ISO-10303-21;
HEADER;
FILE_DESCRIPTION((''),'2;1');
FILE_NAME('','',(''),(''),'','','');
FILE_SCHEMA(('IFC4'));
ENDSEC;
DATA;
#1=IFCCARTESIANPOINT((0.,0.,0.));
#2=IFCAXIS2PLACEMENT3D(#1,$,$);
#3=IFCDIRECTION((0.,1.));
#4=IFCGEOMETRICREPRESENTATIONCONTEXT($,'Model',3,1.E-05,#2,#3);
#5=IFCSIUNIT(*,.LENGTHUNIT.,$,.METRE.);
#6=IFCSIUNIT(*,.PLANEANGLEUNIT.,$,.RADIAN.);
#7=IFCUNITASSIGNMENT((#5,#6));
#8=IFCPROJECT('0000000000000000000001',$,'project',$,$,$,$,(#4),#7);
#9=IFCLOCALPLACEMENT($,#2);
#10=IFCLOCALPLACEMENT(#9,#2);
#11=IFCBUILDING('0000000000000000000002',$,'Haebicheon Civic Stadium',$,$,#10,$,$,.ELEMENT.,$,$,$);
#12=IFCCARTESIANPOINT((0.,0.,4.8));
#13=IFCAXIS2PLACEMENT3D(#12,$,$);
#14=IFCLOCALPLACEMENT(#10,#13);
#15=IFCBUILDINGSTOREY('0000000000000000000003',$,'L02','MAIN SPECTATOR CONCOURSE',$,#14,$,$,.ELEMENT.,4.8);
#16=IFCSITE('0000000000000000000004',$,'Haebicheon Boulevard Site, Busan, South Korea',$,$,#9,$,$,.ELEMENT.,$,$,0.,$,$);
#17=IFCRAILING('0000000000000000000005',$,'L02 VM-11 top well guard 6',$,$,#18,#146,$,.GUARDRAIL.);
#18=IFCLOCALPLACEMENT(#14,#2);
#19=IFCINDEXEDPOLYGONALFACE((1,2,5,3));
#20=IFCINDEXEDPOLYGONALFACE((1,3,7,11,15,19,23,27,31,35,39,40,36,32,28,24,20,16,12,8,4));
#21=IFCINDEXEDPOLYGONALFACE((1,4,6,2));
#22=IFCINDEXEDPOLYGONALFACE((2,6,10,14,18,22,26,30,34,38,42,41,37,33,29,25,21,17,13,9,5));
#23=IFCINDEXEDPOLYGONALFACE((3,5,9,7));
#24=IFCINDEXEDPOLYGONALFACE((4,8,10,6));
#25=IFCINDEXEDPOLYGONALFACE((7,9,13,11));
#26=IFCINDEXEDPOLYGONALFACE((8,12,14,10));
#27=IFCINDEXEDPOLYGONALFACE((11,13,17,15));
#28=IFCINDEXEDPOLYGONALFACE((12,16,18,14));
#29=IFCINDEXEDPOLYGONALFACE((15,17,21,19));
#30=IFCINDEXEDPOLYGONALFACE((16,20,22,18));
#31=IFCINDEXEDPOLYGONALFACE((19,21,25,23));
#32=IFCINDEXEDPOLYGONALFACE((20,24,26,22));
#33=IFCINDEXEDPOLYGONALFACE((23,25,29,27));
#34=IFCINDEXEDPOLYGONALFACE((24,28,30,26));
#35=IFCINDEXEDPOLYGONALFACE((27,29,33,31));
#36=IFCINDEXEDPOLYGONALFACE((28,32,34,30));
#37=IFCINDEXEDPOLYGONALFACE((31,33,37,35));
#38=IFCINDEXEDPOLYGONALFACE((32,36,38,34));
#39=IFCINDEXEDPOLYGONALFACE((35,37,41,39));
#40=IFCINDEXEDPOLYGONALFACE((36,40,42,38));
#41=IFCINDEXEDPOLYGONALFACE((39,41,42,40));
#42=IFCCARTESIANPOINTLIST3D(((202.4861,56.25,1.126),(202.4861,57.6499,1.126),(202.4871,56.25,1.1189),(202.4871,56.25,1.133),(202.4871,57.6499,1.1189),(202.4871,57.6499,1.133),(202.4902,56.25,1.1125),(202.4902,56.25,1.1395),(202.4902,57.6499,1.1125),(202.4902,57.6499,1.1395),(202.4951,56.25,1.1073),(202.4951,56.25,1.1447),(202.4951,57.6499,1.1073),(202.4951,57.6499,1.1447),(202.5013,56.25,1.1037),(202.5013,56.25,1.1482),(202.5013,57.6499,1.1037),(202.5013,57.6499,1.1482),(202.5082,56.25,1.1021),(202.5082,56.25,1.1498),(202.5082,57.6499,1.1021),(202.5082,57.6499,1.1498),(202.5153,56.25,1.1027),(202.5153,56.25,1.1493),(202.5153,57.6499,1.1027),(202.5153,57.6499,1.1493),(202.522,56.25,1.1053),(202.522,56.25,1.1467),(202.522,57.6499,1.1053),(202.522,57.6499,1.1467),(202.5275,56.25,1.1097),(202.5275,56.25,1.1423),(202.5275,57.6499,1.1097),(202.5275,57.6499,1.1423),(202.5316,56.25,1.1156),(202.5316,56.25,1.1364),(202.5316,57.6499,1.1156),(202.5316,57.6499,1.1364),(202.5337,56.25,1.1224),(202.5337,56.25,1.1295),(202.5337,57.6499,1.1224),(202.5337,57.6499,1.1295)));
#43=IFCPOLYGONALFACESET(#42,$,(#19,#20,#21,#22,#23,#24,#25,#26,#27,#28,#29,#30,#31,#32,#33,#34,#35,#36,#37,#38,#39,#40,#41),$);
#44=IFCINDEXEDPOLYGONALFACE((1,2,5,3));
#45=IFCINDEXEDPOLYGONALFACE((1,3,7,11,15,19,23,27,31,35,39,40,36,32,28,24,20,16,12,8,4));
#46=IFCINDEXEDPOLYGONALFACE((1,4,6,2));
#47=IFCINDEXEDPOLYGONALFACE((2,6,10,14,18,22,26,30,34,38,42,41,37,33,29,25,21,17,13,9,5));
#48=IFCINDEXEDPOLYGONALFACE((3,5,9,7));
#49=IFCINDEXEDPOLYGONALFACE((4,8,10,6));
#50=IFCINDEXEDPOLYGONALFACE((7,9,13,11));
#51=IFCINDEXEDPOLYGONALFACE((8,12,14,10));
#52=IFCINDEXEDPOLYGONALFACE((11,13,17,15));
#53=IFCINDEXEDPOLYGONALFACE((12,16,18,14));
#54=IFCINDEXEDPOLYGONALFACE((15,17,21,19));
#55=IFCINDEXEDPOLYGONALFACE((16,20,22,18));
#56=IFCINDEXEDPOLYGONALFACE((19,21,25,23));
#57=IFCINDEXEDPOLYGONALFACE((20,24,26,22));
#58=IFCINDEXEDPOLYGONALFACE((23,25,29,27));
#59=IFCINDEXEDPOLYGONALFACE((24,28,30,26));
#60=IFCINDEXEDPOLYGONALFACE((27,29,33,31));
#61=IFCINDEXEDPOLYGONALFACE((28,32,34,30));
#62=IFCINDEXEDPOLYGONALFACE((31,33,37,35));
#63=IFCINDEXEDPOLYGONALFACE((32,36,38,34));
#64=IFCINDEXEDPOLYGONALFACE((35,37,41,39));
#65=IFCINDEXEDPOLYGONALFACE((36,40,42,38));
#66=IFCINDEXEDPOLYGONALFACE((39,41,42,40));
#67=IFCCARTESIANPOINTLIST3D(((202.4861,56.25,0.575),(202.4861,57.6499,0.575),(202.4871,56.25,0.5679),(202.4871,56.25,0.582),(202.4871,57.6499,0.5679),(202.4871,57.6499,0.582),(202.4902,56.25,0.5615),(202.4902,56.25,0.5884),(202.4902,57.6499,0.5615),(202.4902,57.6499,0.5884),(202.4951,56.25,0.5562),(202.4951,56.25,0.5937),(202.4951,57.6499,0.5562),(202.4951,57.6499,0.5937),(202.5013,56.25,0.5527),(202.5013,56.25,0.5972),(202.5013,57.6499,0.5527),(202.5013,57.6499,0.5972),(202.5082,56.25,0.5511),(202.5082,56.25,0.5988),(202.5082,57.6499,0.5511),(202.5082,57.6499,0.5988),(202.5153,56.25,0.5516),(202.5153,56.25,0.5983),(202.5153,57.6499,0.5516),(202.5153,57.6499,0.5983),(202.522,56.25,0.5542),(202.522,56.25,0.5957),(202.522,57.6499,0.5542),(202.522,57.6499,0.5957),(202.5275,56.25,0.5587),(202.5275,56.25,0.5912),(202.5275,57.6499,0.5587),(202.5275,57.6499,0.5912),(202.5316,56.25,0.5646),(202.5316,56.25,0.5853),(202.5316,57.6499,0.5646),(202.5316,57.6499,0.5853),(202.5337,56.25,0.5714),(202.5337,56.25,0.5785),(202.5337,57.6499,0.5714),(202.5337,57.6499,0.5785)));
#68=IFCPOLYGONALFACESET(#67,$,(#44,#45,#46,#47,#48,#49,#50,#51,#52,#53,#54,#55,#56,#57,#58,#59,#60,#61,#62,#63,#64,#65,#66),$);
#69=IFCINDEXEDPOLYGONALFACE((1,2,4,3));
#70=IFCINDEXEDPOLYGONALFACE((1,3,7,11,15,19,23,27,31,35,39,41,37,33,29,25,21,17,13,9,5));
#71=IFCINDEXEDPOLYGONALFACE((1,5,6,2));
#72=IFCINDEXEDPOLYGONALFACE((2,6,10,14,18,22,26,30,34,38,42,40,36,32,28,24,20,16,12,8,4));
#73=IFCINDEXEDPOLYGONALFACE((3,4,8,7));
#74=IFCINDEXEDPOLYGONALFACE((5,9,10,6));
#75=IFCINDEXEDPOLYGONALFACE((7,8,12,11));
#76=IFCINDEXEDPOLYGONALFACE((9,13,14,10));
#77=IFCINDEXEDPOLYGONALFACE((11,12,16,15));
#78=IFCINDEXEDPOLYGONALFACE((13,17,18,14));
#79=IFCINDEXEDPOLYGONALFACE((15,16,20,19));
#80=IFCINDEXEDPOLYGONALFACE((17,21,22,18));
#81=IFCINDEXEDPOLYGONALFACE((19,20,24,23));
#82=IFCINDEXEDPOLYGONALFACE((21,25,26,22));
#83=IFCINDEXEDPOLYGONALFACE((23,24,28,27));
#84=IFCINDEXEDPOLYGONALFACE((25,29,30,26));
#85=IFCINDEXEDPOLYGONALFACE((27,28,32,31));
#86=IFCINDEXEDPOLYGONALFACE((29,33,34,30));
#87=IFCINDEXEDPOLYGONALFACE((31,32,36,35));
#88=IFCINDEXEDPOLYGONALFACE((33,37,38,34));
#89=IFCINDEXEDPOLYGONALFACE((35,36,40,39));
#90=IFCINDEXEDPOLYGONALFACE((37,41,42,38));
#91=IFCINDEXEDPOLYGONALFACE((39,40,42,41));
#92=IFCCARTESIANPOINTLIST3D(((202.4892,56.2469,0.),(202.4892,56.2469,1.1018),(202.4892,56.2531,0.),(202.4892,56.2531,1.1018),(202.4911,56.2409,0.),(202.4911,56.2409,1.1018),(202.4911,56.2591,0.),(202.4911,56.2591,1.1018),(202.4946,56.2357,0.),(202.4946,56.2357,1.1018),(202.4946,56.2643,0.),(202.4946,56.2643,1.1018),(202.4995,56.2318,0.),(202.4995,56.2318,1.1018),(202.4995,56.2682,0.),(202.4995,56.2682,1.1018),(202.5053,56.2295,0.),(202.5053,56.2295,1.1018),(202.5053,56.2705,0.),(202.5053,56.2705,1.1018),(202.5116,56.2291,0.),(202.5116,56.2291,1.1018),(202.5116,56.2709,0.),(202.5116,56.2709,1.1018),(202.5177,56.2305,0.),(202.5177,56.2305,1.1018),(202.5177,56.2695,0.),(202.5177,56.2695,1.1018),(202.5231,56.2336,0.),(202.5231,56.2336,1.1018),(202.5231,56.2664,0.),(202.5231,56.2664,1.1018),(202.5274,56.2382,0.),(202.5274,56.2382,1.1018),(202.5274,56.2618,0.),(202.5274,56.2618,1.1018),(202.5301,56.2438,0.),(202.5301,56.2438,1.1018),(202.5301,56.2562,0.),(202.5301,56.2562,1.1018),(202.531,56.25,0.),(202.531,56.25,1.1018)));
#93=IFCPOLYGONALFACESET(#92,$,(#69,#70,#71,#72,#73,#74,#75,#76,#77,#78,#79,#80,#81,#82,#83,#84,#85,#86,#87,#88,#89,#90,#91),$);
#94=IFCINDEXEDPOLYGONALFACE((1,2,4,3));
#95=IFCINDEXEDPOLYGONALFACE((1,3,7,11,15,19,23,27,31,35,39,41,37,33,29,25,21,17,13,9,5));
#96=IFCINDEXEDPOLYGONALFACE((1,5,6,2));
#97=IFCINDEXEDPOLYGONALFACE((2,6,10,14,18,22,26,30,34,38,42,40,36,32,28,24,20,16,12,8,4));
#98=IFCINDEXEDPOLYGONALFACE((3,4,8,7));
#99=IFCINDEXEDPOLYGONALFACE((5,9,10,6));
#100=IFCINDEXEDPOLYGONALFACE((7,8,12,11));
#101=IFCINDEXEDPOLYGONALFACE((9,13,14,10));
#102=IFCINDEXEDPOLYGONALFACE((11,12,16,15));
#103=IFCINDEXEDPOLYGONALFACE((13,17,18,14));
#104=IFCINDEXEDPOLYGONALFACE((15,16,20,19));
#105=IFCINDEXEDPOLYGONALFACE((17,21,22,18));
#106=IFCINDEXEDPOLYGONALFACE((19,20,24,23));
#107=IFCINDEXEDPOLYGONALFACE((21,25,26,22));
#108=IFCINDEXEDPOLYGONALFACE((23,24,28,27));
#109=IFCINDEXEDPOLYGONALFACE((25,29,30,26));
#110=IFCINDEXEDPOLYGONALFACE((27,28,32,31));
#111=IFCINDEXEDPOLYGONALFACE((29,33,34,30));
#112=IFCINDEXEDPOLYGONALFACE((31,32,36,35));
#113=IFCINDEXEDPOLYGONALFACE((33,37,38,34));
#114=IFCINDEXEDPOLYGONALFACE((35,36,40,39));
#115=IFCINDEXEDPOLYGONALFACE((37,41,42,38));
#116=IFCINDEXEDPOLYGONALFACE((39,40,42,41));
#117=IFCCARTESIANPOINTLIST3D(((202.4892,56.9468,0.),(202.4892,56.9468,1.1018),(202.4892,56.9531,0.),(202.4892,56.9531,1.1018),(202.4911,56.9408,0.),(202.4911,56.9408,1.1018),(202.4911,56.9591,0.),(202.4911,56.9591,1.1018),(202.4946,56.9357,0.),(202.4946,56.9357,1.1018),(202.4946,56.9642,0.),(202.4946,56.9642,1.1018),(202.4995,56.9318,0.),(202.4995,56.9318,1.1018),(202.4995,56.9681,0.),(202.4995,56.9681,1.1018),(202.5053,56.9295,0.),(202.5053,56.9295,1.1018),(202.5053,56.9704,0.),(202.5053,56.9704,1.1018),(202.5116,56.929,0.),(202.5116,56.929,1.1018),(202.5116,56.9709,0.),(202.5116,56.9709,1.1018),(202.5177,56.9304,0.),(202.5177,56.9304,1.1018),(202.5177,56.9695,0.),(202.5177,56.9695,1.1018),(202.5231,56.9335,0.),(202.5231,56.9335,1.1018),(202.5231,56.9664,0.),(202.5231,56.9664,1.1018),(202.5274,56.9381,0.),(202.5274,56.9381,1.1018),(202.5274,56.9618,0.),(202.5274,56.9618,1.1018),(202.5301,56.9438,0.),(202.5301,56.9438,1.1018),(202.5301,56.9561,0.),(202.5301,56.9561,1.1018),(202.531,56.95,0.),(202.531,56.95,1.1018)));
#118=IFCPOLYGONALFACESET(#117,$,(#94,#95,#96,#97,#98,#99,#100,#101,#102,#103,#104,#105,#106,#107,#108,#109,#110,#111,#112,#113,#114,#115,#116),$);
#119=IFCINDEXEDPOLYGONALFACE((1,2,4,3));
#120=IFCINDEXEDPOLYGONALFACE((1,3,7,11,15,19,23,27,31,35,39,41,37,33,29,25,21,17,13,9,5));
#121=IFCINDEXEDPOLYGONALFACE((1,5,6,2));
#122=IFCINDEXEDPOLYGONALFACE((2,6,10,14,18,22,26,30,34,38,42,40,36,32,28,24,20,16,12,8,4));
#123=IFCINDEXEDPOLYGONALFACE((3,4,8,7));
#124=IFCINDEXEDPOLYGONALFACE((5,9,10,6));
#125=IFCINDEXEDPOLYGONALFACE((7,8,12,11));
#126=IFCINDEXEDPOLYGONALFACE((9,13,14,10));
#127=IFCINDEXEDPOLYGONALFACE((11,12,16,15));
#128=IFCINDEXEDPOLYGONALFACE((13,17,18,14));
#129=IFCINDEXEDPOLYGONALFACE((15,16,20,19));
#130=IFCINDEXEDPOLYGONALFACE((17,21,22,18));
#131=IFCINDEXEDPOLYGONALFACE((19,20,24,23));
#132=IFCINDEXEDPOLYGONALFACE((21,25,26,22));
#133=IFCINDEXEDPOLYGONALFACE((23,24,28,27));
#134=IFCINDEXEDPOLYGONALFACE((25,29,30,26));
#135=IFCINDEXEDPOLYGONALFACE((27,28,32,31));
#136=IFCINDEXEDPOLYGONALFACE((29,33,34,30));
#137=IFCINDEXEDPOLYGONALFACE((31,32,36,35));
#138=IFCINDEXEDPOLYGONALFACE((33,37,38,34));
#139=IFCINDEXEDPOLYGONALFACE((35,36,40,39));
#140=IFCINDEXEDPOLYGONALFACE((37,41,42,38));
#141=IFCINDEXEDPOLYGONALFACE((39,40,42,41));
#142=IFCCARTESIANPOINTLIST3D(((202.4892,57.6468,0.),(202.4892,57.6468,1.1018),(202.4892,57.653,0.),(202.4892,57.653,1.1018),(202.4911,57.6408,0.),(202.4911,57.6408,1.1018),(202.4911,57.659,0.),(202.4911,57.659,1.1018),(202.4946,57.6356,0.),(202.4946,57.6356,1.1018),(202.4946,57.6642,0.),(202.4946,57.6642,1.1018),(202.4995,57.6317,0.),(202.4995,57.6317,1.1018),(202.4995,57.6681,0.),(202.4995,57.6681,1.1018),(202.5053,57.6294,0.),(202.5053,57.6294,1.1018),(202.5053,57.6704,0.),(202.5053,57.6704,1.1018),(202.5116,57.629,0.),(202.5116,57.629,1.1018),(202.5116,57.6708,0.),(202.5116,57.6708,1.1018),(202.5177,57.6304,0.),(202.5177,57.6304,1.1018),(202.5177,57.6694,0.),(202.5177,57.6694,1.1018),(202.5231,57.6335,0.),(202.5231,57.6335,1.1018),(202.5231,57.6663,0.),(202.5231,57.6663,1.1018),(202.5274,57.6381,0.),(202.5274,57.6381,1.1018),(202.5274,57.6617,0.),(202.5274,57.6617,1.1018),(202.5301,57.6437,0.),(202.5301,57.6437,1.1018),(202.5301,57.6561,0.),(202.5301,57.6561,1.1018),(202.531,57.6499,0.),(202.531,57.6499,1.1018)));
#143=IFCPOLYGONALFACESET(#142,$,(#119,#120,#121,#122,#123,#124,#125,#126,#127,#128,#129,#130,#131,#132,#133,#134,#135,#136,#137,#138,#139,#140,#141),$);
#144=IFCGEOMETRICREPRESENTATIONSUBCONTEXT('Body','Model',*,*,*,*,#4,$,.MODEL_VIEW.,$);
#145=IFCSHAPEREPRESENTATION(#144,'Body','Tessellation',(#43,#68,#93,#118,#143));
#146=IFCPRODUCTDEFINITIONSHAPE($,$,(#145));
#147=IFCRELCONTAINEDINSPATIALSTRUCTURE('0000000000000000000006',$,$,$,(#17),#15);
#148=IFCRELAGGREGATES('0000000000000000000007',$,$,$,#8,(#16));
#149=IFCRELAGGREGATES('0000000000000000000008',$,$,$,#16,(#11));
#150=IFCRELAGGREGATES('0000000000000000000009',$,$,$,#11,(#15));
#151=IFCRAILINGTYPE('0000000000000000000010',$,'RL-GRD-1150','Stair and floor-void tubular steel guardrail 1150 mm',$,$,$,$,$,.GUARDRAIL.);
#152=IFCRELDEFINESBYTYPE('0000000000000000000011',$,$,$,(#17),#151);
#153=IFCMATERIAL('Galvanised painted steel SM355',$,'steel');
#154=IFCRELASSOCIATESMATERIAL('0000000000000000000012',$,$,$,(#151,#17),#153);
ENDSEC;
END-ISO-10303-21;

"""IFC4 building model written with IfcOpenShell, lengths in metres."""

from ifc_helpers import new_model, si_unit, direction, frame, origin, origin_2d, place, context, subcontext, project, spatial, circle, extrude, material, type_object, element, save


model = new_model("IFC4")

# Units and contexts
model_context = context("Model", 3, precision=1e-05, world=origin(), true_north=direction((0.0, 1.0)))
body_context = subcontext(model_context, "Body", "Model", "MODEL_VIEW")
ifc_project = project(units=[si_unit("LENGTHUNIT", "METRE"), si_unit("PLANEANGLEUNIT", "RADIAN")], contexts=[model_context])

# Site, building, storey
site_placement = place(None, origin())
site = spatial("IfcSite", under=ifc_project, at=site_placement, Name="Haebicheon Boulevard Site, Busan, South Korea", CompositionType="ELEMENT", RefElevation=0.0)
building_placement = place(site_placement, origin())
building = spatial("IfcBuilding", under=site, at=building_placement, Name="Haebicheon Civic Stadium", CompositionType="ELEMENT")
storey_placement = place(building_placement, frame((0.0, 0.0, 4.8)))
storey = spatial("IfcBuildingStorey", under=building, at=storey_placement, Name="L02", Description="MAIN SPECTATOR CONCOURSE", CompositionType="ELEMENT", Elevation=4.8)

# Railing
ifc_material_1 = material(Name="Galvanised painted steel SM355", Category="steel")
railing_type_1 = type_object("IfcRailingType", Name="RL-GRD-1150", Description="Stair and floor-void tubular steel guardrail 1150 mm", PredefinedType="GUARDRAIL", material=ifc_material_1)
for number, where, name in (
    (1, (202.51, 56.25, 0.0), "L02 VM-11 top well guard 6"),
):
    element("IfcRailing", number, at=place(storey_placement, frame(where)), inside=storey, type_object=railing_type_1, material=ifc_material_1, Name=name, PredefinedType="GUARDRAIL", context=body_context, shape_type="SweptSolid", body=[
        extrude(circle(Radius=0.0239, at=origin_2d()), frame((0.0, 0.0, 1.126), z_axis=(0.0, 1.0, 0.0), x_axis=(-1.0, 0.0, 0.0)), (0.0, 0.0, 1.0), 1.3999),
        extrude(circle(Radius=0.0239, at=origin_2d()), frame((0.0, 0.0, 0.575), z_axis=(0.0, 1.0, 0.0), x_axis=(-1.0, 0.0, 0.0)), (0.0, 0.0, 1.0), 1.3999),
        extrude(circle(Radius=0.021, at=origin_2d()), origin(), (0.0, 0.0, 1.0), 1.1018),
        extrude(circle(Radius=0.021, at=origin_2d()), frame((0.0, 0.7, 0.0)), (0.0, 0.0, 1.0), 1.1018),
        extrude(circle(Radius=0.021, at=origin_2d()), frame((0.0, 1.3999, 0.0)), (0.0, 0.0, 1.0), 1.1018),
    ])

save(model, "model.ifc")
